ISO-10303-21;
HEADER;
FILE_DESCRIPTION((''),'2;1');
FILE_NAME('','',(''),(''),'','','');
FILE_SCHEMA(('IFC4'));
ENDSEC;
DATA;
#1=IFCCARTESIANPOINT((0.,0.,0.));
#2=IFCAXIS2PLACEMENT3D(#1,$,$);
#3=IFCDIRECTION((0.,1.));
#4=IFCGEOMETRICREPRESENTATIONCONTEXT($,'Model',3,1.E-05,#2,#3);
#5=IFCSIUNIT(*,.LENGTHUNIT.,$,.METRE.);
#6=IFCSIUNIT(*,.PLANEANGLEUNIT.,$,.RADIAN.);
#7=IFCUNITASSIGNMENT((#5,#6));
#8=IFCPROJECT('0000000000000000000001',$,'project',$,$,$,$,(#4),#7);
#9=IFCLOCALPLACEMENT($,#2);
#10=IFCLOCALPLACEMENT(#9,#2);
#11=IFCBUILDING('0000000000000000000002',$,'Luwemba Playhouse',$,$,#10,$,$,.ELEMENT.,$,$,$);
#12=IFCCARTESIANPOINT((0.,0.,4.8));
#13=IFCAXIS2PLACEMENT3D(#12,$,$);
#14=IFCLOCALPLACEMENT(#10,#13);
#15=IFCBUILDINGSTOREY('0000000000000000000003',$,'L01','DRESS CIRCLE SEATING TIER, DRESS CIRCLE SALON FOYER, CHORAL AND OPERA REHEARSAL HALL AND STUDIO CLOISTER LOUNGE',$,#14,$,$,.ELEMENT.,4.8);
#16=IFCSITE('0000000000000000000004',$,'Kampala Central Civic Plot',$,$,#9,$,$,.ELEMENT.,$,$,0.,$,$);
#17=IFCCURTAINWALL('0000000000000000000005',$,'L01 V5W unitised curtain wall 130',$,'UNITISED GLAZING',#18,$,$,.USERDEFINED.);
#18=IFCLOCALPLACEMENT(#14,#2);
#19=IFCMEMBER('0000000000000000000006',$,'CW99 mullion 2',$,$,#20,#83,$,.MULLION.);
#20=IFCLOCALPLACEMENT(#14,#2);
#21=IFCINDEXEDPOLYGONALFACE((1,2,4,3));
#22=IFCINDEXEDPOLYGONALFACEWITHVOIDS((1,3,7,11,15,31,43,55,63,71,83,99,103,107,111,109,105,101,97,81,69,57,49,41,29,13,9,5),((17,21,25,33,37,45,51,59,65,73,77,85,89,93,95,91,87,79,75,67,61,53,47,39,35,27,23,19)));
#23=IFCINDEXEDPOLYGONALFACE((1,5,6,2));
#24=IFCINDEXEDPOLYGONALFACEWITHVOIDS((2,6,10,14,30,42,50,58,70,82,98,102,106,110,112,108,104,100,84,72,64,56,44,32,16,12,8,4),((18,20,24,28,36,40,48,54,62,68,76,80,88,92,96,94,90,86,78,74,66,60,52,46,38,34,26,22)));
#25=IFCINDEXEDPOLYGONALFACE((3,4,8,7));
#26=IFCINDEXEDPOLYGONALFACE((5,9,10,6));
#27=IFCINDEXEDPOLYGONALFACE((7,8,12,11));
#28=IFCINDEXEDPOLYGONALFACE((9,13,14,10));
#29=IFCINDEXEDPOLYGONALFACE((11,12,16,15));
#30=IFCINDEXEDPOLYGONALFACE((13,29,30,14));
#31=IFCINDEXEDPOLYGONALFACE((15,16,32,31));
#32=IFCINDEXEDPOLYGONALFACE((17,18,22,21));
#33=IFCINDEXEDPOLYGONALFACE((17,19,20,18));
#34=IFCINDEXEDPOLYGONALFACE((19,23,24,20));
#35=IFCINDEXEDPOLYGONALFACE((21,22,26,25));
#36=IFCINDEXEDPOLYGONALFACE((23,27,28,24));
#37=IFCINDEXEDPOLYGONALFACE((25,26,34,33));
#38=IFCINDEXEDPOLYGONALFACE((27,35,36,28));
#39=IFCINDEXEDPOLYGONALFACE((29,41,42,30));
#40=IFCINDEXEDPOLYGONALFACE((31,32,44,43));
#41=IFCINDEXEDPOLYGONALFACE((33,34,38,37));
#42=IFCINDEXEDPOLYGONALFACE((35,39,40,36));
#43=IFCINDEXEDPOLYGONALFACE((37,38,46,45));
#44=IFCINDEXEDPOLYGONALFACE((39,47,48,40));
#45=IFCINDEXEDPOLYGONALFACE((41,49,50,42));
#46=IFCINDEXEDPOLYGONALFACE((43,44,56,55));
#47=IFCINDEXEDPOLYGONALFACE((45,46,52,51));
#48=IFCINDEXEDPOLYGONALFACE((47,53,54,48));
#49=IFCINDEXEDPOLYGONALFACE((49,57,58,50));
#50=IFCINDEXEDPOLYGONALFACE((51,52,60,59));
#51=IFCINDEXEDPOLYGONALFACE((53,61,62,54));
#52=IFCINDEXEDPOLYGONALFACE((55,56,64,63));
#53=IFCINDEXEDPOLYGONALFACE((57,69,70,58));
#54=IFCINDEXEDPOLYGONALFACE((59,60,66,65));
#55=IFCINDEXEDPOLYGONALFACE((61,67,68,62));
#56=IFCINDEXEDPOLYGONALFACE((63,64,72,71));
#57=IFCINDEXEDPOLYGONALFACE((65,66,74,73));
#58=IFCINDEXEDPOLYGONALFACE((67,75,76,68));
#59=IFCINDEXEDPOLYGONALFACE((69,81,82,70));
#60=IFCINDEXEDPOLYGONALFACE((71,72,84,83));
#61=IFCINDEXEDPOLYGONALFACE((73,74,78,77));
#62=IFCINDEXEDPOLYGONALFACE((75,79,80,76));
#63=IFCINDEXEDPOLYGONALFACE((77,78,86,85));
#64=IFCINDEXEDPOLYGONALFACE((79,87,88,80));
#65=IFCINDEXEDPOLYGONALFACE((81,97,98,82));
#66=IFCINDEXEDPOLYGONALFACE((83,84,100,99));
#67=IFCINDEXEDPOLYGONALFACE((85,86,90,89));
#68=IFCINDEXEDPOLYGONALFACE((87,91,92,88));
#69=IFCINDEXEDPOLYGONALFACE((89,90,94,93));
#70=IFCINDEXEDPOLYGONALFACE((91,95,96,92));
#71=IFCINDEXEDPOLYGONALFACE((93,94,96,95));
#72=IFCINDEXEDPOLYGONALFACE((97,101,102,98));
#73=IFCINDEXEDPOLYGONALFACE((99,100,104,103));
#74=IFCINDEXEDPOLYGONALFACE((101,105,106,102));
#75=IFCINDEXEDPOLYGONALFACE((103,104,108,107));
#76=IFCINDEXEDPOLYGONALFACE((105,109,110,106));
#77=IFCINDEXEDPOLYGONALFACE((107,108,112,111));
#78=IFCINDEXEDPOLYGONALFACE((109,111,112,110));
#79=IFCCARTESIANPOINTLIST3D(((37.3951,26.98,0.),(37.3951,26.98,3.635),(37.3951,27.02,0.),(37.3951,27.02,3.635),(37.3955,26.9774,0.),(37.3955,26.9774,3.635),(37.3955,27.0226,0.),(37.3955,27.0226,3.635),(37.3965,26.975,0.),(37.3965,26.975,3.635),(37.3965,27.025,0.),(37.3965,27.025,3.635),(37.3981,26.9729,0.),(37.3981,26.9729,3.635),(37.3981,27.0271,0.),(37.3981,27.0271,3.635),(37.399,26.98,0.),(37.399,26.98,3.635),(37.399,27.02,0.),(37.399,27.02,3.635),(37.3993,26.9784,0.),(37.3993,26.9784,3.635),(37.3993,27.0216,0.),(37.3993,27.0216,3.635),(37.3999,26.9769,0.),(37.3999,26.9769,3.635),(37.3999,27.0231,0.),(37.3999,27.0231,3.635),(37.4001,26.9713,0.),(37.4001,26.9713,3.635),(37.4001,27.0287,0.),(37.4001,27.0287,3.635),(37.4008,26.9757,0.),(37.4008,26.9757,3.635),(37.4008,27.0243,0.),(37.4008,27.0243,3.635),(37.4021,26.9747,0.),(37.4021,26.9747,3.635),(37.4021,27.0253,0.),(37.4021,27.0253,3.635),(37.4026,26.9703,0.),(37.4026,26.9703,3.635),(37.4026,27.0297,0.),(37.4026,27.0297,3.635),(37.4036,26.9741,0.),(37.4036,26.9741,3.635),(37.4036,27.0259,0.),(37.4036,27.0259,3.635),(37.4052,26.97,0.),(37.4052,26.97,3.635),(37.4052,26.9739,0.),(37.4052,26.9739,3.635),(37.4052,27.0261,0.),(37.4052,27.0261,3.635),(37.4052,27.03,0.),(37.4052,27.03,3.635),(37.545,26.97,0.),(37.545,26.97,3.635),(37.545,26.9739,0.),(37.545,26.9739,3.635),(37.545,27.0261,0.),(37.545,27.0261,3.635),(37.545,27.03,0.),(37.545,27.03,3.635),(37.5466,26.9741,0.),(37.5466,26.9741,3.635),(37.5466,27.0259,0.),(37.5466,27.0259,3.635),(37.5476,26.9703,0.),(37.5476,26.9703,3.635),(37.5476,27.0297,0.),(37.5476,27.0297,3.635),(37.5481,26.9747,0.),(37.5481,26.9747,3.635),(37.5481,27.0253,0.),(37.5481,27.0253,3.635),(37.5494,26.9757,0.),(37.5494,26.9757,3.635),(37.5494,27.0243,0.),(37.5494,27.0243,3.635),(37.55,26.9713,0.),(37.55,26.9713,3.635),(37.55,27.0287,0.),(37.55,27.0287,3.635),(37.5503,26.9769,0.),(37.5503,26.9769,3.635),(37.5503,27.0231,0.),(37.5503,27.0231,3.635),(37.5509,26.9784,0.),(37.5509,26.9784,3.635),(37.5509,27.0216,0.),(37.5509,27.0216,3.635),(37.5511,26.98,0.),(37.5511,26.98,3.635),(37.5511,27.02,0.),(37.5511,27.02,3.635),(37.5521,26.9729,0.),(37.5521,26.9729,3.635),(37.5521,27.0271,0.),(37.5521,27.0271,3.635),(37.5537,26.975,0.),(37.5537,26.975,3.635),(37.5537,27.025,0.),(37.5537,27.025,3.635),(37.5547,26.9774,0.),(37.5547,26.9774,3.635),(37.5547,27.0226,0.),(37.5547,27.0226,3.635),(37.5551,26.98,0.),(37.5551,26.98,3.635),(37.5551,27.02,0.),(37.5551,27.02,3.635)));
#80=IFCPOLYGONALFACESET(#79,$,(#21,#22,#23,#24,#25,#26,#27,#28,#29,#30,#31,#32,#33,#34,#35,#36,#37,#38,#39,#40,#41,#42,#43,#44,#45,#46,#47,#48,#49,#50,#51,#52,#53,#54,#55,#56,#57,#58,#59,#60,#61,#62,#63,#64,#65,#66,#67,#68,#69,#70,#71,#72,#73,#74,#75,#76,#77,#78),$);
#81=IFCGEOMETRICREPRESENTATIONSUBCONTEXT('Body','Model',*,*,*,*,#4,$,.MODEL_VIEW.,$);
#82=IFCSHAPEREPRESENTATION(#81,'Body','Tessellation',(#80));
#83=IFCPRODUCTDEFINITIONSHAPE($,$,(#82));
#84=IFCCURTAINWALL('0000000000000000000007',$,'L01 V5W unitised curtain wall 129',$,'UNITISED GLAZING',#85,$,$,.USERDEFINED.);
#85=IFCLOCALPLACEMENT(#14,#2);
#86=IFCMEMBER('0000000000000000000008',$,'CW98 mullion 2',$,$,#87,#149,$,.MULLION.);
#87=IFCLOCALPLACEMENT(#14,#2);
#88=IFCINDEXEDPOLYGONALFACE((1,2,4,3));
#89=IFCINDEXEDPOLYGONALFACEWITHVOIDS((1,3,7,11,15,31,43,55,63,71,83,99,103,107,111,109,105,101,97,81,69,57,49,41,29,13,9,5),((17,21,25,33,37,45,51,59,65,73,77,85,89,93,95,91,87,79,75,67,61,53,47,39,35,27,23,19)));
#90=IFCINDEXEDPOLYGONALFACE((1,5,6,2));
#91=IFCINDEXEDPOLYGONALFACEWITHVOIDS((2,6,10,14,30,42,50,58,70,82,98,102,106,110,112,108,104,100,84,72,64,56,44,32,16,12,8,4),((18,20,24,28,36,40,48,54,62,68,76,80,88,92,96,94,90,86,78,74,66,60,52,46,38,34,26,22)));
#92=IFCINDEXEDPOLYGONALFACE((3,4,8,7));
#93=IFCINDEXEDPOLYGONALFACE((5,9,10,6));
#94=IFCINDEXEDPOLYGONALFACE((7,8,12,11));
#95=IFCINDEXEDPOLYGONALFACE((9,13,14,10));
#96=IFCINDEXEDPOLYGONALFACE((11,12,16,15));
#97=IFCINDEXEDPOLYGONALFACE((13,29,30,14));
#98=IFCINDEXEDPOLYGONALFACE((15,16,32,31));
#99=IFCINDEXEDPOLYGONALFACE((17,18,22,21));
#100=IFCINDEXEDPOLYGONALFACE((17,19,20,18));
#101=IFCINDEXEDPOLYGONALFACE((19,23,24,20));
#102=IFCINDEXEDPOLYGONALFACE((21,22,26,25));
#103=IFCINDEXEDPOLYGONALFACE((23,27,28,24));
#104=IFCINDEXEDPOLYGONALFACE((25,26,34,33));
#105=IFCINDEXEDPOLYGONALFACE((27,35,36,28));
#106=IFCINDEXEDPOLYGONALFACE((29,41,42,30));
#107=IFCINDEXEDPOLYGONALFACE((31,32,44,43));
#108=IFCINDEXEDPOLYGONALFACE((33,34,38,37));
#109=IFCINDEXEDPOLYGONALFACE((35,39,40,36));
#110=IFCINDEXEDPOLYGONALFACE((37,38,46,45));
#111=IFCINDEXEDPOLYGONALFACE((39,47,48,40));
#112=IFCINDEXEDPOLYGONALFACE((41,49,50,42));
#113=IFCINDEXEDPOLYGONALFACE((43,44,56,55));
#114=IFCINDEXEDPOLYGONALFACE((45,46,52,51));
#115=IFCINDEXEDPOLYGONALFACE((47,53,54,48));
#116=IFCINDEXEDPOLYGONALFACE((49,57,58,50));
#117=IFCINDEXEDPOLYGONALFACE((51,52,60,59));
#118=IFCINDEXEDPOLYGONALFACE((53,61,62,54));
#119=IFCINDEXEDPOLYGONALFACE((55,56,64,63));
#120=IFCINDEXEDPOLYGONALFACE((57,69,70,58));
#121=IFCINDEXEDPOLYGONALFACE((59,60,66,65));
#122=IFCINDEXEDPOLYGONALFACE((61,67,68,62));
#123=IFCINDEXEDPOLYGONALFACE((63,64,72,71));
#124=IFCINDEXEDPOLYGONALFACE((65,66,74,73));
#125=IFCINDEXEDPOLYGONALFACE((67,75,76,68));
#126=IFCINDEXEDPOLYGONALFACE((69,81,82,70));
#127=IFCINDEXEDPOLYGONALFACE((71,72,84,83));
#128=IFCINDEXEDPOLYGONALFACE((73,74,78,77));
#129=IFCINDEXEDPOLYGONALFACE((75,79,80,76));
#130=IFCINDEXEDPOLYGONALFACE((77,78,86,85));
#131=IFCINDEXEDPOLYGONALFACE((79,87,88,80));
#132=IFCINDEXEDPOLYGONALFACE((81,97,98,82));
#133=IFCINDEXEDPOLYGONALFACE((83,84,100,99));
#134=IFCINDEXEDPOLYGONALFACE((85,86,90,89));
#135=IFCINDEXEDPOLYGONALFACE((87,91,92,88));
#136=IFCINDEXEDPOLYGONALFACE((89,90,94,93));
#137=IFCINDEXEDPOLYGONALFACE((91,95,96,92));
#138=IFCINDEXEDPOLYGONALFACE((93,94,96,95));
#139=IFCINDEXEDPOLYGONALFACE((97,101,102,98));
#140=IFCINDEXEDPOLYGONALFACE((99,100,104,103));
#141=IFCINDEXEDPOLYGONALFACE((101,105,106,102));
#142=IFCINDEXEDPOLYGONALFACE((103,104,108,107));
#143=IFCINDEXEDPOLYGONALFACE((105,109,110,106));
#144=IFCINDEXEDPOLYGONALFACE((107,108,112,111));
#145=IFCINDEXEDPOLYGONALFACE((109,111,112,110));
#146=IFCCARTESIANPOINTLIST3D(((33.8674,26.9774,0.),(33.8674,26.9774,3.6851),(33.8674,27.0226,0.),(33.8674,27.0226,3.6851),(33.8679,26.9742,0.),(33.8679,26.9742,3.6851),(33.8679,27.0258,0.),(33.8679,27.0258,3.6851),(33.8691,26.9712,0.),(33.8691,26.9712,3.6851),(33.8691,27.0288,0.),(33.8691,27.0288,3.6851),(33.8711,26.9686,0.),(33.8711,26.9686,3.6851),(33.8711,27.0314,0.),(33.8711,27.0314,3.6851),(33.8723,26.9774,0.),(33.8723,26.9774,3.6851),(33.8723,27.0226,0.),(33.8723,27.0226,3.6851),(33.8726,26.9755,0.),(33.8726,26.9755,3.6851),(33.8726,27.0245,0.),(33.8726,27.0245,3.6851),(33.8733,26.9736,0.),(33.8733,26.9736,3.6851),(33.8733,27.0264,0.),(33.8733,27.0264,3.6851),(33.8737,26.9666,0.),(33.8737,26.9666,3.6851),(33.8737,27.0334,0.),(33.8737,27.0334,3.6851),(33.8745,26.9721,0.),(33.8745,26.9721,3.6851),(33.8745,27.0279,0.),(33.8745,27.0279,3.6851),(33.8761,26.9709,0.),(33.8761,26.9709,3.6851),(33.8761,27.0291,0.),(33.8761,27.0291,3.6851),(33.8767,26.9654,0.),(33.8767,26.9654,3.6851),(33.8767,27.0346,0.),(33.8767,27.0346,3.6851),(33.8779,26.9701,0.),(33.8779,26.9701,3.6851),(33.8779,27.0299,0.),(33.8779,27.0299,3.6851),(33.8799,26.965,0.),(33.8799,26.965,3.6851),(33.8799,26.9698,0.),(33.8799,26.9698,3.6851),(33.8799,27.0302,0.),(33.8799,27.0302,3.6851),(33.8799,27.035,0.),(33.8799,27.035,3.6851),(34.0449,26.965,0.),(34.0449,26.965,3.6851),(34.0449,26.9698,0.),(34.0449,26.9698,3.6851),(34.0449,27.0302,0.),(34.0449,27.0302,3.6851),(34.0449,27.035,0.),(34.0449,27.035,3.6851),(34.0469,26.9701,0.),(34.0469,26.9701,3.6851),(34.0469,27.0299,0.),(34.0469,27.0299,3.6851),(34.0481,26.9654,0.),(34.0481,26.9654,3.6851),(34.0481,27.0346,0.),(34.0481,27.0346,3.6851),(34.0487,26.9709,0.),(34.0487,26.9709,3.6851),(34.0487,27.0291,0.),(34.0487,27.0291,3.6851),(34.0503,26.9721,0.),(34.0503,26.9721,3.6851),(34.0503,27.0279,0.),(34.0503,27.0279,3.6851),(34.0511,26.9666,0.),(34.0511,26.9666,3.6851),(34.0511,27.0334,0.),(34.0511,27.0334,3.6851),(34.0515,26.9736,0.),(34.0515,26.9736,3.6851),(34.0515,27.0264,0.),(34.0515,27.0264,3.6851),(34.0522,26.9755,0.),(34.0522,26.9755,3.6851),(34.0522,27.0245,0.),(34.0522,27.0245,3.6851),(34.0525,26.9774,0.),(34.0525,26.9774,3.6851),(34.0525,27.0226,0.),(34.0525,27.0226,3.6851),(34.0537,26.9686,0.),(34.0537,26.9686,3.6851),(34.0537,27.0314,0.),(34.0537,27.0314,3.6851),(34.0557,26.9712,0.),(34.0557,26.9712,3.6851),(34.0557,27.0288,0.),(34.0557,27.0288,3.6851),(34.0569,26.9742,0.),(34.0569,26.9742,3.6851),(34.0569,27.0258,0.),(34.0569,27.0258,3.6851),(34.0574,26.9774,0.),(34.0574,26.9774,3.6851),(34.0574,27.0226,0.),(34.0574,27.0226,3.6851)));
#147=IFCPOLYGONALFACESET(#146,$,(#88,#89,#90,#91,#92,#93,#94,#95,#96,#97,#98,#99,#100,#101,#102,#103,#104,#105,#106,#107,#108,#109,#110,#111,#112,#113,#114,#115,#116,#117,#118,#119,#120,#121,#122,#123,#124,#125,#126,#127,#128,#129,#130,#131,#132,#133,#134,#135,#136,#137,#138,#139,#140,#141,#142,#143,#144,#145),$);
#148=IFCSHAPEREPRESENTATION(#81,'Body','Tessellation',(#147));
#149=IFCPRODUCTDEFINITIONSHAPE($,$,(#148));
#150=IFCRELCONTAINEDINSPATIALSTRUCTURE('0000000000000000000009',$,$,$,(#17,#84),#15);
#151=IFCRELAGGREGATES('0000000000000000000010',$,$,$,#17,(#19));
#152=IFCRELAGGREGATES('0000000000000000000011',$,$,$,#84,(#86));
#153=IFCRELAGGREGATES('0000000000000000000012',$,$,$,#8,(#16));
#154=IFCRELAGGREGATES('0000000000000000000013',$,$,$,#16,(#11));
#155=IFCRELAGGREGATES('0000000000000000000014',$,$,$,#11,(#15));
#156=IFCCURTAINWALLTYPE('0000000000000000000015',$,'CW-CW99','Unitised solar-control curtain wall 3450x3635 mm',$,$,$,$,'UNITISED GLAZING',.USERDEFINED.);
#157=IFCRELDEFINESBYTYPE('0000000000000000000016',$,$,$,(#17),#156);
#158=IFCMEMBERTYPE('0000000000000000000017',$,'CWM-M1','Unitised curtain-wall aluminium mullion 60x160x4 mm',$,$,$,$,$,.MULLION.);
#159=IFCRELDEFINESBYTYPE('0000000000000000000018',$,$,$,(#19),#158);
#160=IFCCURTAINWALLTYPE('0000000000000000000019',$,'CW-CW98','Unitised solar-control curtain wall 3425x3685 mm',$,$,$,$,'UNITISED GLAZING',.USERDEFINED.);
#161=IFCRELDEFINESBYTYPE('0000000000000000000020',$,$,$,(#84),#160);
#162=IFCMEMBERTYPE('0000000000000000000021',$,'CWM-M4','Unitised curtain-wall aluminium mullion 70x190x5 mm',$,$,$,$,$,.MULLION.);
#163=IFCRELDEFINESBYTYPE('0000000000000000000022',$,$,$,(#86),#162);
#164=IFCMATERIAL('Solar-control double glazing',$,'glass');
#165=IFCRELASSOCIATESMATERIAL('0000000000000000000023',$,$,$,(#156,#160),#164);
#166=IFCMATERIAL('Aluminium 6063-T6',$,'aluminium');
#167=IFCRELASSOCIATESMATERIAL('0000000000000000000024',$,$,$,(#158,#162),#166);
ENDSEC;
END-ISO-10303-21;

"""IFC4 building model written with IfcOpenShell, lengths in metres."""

from ifc_helpers import new_model, si_unit, direction, frame, origin, origin_2d, place, context, subcontext, project, spatial, hollow_rectangle, extrude, material, material_profile, profile_set, type_object, element, aggregate, save


model = new_model("IFC4")

# Units and contexts
model_context = context("Model", 3, precision=1e-05, world=origin(), true_north=direction((0.0, 1.0)))
body_context = subcontext(model_context, "Body", "Model", "MODEL_VIEW")
ifc_project = project(units=[si_unit("LENGTHUNIT", "METRE"), si_unit("PLANEANGLEUNIT", "RADIAN")], contexts=[model_context])

# Site, building, storey
site_placement = place(None, origin())
site = spatial("IfcSite", under=ifc_project, at=site_placement, Name="Kampala Central Civic Plot", CompositionType="ELEMENT", RefElevation=0.0)
building_placement = place(site_placement, origin())
building = spatial("IfcBuilding", under=site, at=building_placement, Name="Luwemba Playhouse", CompositionType="ELEMENT")
storey_placement = place(building_placement, frame((0.0, 0.0, 4.8)))
storey = spatial("IfcBuildingStorey", under=building, at=storey_placement, Name="L01", Description="DRESS CIRCLE SEATING TIER, DRESS CIRCLE SALON FOYER, CHORAL AND OPERA REHEARSAL HALL AND STUDIO CLOISTER LOUNGE", CompositionType="ELEMENT", Elevation=4.8)

# Curtain walls, members
ifc_material_1 = material(Name="Solar-control double glazing", Category="glass")
curtain_wall_type_1 = type_object("IfcCurtainWallType", Name="CW-CW99", Description="Unitised solar-control curtain wall 3450x3635 mm", ElementType="UNITISED GLAZING", PredefinedType="USERDEFINED", material=ifc_material_1)
curtain_wall_1_placement = place(storey_placement, origin())
curtain_wall_1 = element("IfcCurtainWall", 1, at=curtain_wall_1_placement, inside=storey, type_object=curtain_wall_type_1, Name="L01 V5W unitised curtain wall 130", ObjectType="UNITISED GLAZING", PredefinedType="USERDEFINED")
ifc_material_2 = material(Name="Aluminium 6063-T6", Category="aluminium")
ifc_material_profile_1 = material_profile(ifc_material_2, hollow_rectangle(XDim=0.0601, YDim=0.1599, WallThickness=0.0039, InnerFilletRadius=0.0061, OuterFilletRadius=0.01, at=origin_2d()))
ifc_profile_set_1 = profile_set([ifc_material_profile_1], Name="Aluminium 6063-T6")
member_type_1 = type_object("IfcMemberType", Name="CWM-M1", Description="Unitised curtain-wall aluminium mullion 60x160x4 mm", PredefinedType="MULLION", material=ifc_profile_set_1)
member_1_placement = place(storey_placement, frame((37.4751, 27.0, 0.0), z_axis=(0.0, 0.0, 1.0), x_axis=(0.0, 1.0, 0.0)))
member_1 = element("IfcMember", 2, at=member_1_placement, type_object=member_type_1, Name="CW99 mullion 2", PredefinedType="MULLION", context=body_context, shape_type="SweptSolid", body=[
    extrude(hollow_rectangle(XDim=0.0601, YDim=0.1599, WallThickness=0.0039, InnerFilletRadius=0.0061, OuterFilletRadius=0.01, at=origin_2d()), origin(), (0.0, 0.0, 1.0), 3.635),
])
curtain_wall_type_2 = type_object("IfcCurtainWallType", Name="CW-CW98", Description="Unitised solar-control curtain wall 3425x3685 mm", ElementType="UNITISED GLAZING", PredefinedType="USERDEFINED", material=ifc_material_1)
curtain_wall_2_placement = place(storey_placement, origin())
curtain_wall_2 = element("IfcCurtainWall", 3, at=curtain_wall_2_placement, inside=storey, type_object=curtain_wall_type_2, Name="L01 V5W unitised curtain wall 129", ObjectType="UNITISED GLAZING", PredefinedType="USERDEFINED")
ifc_material_profile_2 = material_profile(ifc_material_2, hollow_rectangle(XDim=0.0701, YDim=0.1899, WallThickness=0.0049, InnerFilletRadius=0.0076, OuterFilletRadius=0.0125, at=origin_2d()))
ifc_profile_set_2 = profile_set([ifc_material_profile_2], Name="Aluminium 6063-T6")
member_type_2 = type_object("IfcMemberType", Name="CWM-M4", Description="Unitised curtain-wall aluminium mullion 70x190x5 mm", PredefinedType="MULLION", material=ifc_profile_set_2)
member_2_placement = place(storey_placement, frame((33.9624, 27.0, 0.0), z_axis=(0.0, 0.0, 1.0), x_axis=(0.0, 1.0, 0.0)))
member_2 = element("IfcMember", 4, at=member_2_placement, type_object=member_type_2, Name="CW98 mullion 2", PredefinedType="MULLION", context=body_context, shape_type="SweptSolid", body=[
    extrude(hollow_rectangle(XDim=0.0701, YDim=0.1899, WallThickness=0.0049, InnerFilletRadius=0.0076, OuterFilletRadius=0.0125, at=origin_2d()), origin(), (0.0, 0.0, 1.0), 3.6851),
])

aggregate(curtain_wall_1, [member_1])
aggregate(curtain_wall_2, [member_2])

save(model, "model.ifc")
